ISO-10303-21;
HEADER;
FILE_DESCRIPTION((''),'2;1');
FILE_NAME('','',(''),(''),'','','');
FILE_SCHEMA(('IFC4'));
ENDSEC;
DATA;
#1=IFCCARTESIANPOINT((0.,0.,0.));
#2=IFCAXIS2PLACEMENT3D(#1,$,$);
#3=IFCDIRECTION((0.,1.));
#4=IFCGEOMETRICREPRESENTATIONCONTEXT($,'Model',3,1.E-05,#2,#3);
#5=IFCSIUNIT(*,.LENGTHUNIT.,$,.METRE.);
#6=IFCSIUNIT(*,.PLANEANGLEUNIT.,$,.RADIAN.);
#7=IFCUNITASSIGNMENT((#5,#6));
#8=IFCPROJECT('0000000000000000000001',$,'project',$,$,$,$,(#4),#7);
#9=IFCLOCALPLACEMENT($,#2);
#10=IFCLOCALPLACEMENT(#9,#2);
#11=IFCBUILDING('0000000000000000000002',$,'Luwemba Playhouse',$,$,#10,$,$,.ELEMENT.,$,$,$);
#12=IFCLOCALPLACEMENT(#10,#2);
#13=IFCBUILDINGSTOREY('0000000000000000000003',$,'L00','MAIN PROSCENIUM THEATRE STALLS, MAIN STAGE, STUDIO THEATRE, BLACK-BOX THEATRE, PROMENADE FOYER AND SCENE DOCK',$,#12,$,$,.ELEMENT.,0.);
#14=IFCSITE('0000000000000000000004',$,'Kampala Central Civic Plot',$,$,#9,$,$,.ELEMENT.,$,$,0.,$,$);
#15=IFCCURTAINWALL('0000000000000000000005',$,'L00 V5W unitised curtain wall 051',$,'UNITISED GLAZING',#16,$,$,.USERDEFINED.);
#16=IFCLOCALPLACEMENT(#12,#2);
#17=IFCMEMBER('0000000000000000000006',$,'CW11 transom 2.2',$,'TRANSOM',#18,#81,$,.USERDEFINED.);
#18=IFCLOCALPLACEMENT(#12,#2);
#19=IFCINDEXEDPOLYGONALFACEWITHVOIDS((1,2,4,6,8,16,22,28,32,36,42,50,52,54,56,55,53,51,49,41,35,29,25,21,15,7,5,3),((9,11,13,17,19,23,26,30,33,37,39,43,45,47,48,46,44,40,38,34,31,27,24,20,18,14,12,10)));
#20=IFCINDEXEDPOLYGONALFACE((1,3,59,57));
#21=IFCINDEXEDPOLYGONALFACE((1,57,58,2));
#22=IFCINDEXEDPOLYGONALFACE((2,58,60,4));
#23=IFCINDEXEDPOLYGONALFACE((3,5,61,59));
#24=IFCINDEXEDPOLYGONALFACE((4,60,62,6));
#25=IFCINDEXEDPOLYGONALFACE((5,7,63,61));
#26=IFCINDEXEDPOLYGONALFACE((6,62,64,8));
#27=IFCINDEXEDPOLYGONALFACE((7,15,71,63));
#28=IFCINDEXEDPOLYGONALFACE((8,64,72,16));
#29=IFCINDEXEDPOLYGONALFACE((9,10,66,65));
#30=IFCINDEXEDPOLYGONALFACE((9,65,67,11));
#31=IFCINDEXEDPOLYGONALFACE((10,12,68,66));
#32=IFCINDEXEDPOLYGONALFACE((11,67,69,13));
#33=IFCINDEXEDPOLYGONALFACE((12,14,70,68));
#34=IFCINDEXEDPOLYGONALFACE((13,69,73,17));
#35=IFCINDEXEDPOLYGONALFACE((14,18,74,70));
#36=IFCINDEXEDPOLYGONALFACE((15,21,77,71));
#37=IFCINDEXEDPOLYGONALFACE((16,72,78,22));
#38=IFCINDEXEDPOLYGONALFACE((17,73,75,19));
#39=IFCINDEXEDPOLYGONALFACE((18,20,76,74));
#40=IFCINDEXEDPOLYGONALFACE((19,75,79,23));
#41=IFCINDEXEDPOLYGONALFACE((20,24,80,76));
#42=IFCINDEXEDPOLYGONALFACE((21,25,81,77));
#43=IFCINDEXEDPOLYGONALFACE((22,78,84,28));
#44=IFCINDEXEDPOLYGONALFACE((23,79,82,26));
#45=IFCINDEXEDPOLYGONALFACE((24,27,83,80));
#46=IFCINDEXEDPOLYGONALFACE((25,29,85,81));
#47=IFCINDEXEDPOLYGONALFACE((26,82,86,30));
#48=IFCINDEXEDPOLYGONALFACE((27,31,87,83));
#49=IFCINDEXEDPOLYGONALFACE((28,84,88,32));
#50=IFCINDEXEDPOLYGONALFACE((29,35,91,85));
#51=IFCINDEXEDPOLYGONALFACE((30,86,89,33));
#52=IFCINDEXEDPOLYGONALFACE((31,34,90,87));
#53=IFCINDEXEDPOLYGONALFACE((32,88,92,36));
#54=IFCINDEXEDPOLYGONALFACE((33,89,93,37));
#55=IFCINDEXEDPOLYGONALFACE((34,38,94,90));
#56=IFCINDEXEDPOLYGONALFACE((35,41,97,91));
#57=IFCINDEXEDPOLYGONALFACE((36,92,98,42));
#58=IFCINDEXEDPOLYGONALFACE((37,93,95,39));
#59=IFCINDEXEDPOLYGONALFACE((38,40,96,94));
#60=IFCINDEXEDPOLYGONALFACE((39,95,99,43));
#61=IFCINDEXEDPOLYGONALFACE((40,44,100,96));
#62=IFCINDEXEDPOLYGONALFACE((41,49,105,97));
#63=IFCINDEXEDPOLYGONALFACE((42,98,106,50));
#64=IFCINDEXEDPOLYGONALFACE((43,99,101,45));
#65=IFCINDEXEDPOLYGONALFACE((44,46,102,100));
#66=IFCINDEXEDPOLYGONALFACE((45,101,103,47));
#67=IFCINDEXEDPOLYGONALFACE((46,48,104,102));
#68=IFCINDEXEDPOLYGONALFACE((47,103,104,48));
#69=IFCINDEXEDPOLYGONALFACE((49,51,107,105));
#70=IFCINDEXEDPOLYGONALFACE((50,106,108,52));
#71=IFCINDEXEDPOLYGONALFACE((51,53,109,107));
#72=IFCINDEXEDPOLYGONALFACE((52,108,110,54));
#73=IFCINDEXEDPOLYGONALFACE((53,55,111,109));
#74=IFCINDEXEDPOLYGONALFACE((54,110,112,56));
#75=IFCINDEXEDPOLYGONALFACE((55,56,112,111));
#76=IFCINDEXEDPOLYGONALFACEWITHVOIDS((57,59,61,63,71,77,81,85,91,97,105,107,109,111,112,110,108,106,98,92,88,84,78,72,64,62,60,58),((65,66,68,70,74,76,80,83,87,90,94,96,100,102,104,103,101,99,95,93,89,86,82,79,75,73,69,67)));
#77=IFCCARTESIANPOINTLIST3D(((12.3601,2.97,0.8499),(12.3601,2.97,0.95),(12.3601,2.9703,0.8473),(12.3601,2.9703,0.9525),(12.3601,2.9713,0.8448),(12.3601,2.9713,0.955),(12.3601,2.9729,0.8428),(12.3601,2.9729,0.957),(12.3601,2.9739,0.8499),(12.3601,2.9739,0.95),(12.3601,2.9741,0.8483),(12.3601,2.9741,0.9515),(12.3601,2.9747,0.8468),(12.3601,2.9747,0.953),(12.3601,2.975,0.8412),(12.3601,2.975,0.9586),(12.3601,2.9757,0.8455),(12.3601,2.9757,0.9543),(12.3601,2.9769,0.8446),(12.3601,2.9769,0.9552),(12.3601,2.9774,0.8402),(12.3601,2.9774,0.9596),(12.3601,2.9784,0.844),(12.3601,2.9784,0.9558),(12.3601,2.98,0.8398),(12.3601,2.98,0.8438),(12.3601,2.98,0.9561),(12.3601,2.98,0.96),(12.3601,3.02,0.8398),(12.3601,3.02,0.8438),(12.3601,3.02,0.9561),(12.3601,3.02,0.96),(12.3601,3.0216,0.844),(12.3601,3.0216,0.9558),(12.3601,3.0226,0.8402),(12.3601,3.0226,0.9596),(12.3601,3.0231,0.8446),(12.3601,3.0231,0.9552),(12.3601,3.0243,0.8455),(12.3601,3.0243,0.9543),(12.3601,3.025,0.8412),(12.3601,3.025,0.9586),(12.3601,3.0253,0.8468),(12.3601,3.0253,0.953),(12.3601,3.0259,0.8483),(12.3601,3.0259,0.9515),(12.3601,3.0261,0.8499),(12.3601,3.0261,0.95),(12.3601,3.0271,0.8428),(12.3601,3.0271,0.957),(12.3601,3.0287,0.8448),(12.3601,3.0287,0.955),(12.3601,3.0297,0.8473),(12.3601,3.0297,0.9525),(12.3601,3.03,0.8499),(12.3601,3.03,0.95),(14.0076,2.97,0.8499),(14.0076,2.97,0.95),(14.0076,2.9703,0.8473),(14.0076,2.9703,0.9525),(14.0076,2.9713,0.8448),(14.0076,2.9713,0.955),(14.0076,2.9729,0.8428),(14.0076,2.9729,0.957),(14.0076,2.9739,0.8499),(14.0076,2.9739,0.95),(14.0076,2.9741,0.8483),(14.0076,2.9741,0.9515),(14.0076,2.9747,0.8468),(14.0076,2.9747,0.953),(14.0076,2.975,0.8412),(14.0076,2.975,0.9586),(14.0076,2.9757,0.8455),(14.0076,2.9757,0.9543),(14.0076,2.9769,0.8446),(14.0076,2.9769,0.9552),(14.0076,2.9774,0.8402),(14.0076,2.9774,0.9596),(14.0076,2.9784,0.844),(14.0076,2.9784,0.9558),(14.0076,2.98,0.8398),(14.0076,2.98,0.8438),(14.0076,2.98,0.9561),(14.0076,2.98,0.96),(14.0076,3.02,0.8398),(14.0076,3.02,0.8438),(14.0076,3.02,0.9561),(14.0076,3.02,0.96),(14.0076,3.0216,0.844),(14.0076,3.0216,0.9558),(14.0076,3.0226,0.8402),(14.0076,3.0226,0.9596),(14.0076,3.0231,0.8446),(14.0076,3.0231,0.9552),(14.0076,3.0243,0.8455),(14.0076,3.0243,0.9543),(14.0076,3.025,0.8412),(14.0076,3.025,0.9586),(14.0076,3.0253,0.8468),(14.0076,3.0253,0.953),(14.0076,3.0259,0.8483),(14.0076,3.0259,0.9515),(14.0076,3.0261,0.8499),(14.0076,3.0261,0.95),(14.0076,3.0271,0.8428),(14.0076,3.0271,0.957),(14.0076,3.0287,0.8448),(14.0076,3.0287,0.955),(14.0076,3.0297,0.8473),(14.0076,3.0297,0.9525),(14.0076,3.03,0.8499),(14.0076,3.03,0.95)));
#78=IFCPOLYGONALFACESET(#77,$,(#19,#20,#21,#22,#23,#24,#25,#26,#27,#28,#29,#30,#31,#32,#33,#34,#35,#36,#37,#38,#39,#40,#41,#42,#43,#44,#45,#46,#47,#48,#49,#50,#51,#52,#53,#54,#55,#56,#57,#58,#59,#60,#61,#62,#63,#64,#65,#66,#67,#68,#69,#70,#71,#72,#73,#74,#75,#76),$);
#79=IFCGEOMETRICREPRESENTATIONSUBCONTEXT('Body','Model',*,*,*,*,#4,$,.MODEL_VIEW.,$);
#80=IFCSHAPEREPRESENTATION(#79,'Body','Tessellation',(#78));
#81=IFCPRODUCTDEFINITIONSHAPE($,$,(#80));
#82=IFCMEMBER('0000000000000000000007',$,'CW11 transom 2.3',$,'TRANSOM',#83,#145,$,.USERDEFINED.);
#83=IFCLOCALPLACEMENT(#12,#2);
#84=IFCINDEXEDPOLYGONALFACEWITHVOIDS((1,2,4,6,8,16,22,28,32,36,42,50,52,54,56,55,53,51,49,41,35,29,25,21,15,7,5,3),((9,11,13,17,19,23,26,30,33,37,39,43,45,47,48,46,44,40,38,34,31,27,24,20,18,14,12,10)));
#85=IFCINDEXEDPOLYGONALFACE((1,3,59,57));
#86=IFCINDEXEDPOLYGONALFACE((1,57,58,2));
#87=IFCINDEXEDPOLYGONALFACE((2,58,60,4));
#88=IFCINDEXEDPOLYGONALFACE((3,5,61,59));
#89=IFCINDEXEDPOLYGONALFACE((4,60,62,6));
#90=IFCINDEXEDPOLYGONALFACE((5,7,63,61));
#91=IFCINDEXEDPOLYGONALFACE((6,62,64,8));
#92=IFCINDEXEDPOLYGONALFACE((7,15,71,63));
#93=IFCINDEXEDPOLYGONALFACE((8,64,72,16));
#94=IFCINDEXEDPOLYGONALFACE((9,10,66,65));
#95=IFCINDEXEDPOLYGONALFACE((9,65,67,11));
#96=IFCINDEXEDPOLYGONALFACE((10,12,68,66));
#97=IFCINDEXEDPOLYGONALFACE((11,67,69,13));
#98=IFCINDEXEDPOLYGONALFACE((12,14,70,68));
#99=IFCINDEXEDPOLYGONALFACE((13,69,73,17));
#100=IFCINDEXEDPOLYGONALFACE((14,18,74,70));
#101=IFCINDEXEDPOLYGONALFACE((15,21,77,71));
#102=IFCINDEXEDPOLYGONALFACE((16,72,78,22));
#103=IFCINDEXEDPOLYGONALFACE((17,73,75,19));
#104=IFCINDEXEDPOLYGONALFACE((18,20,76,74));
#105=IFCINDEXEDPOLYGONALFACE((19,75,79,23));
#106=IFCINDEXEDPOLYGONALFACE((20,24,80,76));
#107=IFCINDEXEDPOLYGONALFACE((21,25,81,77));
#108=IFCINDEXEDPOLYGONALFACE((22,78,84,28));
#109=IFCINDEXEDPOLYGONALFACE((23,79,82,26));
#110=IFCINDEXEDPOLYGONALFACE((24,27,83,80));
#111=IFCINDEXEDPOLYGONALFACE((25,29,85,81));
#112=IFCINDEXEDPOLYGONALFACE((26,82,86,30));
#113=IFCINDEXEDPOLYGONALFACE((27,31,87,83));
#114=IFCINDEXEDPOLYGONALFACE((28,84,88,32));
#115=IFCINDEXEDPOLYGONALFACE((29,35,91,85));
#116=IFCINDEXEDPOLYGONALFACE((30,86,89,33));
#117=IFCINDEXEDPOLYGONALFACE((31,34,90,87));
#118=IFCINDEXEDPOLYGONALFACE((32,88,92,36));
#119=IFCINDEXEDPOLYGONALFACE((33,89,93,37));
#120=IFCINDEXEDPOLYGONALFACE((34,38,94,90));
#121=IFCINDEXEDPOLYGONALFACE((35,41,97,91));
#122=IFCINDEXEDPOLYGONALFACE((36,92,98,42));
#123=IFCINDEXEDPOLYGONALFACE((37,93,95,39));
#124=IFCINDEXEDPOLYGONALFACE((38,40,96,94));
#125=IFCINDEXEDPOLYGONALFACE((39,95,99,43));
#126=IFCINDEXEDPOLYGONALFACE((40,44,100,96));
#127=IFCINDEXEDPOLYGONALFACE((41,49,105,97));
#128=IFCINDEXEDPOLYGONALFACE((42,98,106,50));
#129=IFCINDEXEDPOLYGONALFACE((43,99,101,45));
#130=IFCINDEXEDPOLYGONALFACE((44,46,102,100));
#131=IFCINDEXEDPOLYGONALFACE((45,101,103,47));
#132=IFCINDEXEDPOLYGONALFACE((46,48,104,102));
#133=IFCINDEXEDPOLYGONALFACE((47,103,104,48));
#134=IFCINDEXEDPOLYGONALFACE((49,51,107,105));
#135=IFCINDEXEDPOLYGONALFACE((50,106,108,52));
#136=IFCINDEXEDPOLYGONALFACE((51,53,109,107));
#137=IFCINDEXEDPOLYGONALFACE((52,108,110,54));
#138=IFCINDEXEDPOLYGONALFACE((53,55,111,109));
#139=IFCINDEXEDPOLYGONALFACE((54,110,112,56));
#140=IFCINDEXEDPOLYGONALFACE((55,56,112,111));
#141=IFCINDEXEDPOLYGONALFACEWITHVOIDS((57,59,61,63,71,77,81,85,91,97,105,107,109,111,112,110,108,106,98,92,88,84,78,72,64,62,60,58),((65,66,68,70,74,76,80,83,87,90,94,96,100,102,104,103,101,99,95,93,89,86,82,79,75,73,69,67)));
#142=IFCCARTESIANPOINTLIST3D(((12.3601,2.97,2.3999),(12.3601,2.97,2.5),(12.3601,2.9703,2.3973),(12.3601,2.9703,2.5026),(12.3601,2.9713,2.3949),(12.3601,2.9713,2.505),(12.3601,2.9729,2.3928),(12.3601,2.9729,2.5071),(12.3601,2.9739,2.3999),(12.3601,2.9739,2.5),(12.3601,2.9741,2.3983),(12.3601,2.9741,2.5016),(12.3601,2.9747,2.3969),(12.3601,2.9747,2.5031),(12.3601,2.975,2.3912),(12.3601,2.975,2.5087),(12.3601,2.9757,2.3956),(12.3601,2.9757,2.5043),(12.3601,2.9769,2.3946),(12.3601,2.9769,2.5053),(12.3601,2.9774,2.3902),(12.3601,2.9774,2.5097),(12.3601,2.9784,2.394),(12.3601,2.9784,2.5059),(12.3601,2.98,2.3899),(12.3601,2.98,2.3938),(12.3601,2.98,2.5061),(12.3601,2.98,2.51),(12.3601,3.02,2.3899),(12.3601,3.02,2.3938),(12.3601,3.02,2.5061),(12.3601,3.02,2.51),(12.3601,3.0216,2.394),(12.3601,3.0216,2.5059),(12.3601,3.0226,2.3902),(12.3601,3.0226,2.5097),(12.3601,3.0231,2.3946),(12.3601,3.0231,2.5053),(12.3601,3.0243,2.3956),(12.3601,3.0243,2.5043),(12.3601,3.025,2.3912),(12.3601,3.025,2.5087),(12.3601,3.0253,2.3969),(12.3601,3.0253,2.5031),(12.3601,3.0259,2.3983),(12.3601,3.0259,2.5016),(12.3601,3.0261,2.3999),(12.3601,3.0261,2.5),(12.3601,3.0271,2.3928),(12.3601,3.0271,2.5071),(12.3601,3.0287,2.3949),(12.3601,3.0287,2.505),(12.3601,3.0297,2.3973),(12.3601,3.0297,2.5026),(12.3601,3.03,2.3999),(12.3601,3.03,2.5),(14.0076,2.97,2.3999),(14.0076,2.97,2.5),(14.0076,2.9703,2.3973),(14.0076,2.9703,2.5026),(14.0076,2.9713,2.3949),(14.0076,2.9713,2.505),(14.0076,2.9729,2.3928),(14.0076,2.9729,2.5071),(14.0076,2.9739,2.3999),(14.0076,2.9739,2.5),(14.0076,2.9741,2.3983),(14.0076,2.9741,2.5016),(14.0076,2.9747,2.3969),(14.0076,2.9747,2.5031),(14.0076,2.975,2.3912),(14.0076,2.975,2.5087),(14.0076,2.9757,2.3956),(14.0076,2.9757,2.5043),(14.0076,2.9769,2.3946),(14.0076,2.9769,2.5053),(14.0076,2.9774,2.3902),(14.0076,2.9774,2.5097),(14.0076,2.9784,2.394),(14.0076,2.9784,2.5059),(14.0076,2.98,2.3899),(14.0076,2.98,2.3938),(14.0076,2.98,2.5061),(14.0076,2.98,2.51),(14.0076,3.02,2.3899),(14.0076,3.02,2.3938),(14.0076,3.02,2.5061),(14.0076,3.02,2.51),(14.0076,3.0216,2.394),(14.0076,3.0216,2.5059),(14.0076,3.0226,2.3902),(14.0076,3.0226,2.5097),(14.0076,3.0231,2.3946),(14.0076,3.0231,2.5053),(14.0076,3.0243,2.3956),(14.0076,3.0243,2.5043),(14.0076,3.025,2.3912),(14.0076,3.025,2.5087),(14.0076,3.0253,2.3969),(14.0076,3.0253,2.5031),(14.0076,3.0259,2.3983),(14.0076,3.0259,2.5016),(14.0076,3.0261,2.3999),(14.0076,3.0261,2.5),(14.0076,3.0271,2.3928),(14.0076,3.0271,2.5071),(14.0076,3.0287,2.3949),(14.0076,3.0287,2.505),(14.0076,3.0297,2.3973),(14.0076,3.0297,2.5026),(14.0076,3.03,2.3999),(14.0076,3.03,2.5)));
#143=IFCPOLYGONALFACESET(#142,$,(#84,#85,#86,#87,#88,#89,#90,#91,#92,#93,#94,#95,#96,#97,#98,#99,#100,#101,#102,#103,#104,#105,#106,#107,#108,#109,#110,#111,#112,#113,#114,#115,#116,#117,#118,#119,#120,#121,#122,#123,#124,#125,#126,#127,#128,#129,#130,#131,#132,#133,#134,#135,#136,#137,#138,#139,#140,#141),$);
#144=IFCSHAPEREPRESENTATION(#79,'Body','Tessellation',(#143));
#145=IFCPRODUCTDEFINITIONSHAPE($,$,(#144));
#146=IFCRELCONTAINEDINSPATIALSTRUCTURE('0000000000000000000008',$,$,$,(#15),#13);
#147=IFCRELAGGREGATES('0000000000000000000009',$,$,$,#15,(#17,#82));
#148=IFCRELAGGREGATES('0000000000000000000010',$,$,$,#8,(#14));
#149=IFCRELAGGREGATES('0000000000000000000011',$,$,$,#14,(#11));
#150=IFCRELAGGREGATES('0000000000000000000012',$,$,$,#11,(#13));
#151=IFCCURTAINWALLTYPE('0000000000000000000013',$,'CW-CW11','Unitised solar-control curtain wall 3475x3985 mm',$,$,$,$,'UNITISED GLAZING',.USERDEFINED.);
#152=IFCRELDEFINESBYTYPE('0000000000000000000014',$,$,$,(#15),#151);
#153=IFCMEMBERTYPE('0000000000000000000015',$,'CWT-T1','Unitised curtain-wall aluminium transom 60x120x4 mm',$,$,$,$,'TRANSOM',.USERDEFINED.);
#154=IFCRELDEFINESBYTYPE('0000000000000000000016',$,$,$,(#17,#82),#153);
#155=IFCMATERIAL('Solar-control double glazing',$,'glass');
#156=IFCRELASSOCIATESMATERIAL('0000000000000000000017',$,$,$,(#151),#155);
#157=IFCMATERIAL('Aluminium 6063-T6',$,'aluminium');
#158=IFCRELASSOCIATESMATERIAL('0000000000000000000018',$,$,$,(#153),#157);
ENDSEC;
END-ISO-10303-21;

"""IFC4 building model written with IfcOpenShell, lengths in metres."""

from ifc_helpers import new_model, si_unit, direction, frame, origin, origin_2d, place, context, subcontext, project, spatial, hollow_rectangle, extrude, material, material_profile, profile_set, type_object, element, aggregate, save


model = new_model("IFC4")

# Units and contexts
model_context = context("Model", 3, precision=1e-05, world=origin(), true_north=direction((0.0, 1.0)))
body_context = subcontext(model_context, "Body", "Model", "MODEL_VIEW")
ifc_project = project(units=[si_unit("LENGTHUNIT", "METRE"), si_unit("PLANEANGLEUNIT", "RADIAN")], contexts=[model_context])

# Site, building, storey
site_placement = place(None, origin())
site = spatial("IfcSite", under=ifc_project, at=site_placement, Name="Kampala Central Civic Plot", CompositionType="ELEMENT", RefElevation=0.0)
building_placement = place(site_placement, origin())
building = spatial("IfcBuilding", under=site, at=building_placement, Name="Luwemba Playhouse", CompositionType="ELEMENT")
storey_placement = place(building_placement, origin())
storey = spatial("IfcBuildingStorey", under=building, at=storey_placement, Name="L00", Description="MAIN PROSCENIUM THEATRE STALLS, MAIN STAGE, STUDIO THEATRE, BLACK-BOX THEATRE, PROMENADE FOYER AND SCENE DOCK", CompositionType="ELEMENT", Elevation=0.0)

# Curtain wall
ifc_material_1 = material(Name="Solar-control double glazing", Category="glass")
curtain_wall_type_1 = type_object("IfcCurtainWallType", Name="CW-CW11", Description="Unitised solar-control curtain wall 3475x3985 mm", ElementType="UNITISED GLAZING", PredefinedType="USERDEFINED", material=ifc_material_1)
curtain_wall_1_placement = place(storey_placement, origin())
curtain_wall_1 = element("IfcCurtainWall", 1, at=curtain_wall_1_placement, inside=storey, type_object=curtain_wall_type_1, Name="L00 V5W unitised curtain wall 051", ObjectType="UNITISED GLAZING", PredefinedType="USERDEFINED")
ifc_material_2 = material(Name="Aluminium 6063-T6", Category="aluminium")

# Members
ifc_material_profile_1 = material_profile(ifc_material_2, hollow_rectangle(XDim=0.0601, YDim=0.1201, WallThickness=0.0039, InnerFilletRadius=0.0061, OuterFilletRadius=0.01, at=origin_2d()))
ifc_profile_set_1 = profile_set([ifc_material_profile_1], Name="Aluminium 6063-T6")
member_type_1 = type_object("IfcMemberType", Name="CWT-T1", Description="Unitised curtain-wall aluminium transom 60x120x4 mm", ElementType="TRANSOM", PredefinedType="USERDEFINED", material=ifc_profile_set_1)
member_1_placement = place(storey_placement, frame((14.0076, 3.0, 0.8999), z_axis=(-1.0, 0.0, 0.0), x_axis=(0.0, -1.0, 0.0)))
member_1 = element("IfcMember", 2, at=member_1_placement, type_object=member_type_1, Name="CW11 transom 2.2", ObjectType="TRANSOM", PredefinedType="USERDEFINED", context=body_context, shape_type="SweptSolid", body=[
    extrude(hollow_rectangle(XDim=0.0601, YDim=0.1201, WallThickness=0.0039, InnerFilletRadius=0.0061, OuterFilletRadius=0.01, at=origin_2d()), origin(), (0.0, 0.0, 1.0), 1.6475),
])
member_2_placement = place(storey_placement, frame((14.0076, 3.0, 2.45), z_axis=(-1.0, 0.0, 0.0), x_axis=(0.0, -1.0, 0.0)))
member_2 = element("IfcMember", 3, at=member_2_placement, type_object=member_type_1, Name="CW11 transom 2.3", ObjectType="TRANSOM", PredefinedType="USERDEFINED", context=body_context, shape_type="SweptSolid", body=[
    extrude(hollow_rectangle(XDim=0.0601, YDim=0.1201, WallThickness=0.0039, InnerFilletRadius=0.0061, OuterFilletRadius=0.01, at=origin_2d()), origin(), (0.0, 0.0, 1.0), 1.6475),
])

aggregate(curtain_wall_1, [member_1, member_2])

save(model, "model.ifc")
